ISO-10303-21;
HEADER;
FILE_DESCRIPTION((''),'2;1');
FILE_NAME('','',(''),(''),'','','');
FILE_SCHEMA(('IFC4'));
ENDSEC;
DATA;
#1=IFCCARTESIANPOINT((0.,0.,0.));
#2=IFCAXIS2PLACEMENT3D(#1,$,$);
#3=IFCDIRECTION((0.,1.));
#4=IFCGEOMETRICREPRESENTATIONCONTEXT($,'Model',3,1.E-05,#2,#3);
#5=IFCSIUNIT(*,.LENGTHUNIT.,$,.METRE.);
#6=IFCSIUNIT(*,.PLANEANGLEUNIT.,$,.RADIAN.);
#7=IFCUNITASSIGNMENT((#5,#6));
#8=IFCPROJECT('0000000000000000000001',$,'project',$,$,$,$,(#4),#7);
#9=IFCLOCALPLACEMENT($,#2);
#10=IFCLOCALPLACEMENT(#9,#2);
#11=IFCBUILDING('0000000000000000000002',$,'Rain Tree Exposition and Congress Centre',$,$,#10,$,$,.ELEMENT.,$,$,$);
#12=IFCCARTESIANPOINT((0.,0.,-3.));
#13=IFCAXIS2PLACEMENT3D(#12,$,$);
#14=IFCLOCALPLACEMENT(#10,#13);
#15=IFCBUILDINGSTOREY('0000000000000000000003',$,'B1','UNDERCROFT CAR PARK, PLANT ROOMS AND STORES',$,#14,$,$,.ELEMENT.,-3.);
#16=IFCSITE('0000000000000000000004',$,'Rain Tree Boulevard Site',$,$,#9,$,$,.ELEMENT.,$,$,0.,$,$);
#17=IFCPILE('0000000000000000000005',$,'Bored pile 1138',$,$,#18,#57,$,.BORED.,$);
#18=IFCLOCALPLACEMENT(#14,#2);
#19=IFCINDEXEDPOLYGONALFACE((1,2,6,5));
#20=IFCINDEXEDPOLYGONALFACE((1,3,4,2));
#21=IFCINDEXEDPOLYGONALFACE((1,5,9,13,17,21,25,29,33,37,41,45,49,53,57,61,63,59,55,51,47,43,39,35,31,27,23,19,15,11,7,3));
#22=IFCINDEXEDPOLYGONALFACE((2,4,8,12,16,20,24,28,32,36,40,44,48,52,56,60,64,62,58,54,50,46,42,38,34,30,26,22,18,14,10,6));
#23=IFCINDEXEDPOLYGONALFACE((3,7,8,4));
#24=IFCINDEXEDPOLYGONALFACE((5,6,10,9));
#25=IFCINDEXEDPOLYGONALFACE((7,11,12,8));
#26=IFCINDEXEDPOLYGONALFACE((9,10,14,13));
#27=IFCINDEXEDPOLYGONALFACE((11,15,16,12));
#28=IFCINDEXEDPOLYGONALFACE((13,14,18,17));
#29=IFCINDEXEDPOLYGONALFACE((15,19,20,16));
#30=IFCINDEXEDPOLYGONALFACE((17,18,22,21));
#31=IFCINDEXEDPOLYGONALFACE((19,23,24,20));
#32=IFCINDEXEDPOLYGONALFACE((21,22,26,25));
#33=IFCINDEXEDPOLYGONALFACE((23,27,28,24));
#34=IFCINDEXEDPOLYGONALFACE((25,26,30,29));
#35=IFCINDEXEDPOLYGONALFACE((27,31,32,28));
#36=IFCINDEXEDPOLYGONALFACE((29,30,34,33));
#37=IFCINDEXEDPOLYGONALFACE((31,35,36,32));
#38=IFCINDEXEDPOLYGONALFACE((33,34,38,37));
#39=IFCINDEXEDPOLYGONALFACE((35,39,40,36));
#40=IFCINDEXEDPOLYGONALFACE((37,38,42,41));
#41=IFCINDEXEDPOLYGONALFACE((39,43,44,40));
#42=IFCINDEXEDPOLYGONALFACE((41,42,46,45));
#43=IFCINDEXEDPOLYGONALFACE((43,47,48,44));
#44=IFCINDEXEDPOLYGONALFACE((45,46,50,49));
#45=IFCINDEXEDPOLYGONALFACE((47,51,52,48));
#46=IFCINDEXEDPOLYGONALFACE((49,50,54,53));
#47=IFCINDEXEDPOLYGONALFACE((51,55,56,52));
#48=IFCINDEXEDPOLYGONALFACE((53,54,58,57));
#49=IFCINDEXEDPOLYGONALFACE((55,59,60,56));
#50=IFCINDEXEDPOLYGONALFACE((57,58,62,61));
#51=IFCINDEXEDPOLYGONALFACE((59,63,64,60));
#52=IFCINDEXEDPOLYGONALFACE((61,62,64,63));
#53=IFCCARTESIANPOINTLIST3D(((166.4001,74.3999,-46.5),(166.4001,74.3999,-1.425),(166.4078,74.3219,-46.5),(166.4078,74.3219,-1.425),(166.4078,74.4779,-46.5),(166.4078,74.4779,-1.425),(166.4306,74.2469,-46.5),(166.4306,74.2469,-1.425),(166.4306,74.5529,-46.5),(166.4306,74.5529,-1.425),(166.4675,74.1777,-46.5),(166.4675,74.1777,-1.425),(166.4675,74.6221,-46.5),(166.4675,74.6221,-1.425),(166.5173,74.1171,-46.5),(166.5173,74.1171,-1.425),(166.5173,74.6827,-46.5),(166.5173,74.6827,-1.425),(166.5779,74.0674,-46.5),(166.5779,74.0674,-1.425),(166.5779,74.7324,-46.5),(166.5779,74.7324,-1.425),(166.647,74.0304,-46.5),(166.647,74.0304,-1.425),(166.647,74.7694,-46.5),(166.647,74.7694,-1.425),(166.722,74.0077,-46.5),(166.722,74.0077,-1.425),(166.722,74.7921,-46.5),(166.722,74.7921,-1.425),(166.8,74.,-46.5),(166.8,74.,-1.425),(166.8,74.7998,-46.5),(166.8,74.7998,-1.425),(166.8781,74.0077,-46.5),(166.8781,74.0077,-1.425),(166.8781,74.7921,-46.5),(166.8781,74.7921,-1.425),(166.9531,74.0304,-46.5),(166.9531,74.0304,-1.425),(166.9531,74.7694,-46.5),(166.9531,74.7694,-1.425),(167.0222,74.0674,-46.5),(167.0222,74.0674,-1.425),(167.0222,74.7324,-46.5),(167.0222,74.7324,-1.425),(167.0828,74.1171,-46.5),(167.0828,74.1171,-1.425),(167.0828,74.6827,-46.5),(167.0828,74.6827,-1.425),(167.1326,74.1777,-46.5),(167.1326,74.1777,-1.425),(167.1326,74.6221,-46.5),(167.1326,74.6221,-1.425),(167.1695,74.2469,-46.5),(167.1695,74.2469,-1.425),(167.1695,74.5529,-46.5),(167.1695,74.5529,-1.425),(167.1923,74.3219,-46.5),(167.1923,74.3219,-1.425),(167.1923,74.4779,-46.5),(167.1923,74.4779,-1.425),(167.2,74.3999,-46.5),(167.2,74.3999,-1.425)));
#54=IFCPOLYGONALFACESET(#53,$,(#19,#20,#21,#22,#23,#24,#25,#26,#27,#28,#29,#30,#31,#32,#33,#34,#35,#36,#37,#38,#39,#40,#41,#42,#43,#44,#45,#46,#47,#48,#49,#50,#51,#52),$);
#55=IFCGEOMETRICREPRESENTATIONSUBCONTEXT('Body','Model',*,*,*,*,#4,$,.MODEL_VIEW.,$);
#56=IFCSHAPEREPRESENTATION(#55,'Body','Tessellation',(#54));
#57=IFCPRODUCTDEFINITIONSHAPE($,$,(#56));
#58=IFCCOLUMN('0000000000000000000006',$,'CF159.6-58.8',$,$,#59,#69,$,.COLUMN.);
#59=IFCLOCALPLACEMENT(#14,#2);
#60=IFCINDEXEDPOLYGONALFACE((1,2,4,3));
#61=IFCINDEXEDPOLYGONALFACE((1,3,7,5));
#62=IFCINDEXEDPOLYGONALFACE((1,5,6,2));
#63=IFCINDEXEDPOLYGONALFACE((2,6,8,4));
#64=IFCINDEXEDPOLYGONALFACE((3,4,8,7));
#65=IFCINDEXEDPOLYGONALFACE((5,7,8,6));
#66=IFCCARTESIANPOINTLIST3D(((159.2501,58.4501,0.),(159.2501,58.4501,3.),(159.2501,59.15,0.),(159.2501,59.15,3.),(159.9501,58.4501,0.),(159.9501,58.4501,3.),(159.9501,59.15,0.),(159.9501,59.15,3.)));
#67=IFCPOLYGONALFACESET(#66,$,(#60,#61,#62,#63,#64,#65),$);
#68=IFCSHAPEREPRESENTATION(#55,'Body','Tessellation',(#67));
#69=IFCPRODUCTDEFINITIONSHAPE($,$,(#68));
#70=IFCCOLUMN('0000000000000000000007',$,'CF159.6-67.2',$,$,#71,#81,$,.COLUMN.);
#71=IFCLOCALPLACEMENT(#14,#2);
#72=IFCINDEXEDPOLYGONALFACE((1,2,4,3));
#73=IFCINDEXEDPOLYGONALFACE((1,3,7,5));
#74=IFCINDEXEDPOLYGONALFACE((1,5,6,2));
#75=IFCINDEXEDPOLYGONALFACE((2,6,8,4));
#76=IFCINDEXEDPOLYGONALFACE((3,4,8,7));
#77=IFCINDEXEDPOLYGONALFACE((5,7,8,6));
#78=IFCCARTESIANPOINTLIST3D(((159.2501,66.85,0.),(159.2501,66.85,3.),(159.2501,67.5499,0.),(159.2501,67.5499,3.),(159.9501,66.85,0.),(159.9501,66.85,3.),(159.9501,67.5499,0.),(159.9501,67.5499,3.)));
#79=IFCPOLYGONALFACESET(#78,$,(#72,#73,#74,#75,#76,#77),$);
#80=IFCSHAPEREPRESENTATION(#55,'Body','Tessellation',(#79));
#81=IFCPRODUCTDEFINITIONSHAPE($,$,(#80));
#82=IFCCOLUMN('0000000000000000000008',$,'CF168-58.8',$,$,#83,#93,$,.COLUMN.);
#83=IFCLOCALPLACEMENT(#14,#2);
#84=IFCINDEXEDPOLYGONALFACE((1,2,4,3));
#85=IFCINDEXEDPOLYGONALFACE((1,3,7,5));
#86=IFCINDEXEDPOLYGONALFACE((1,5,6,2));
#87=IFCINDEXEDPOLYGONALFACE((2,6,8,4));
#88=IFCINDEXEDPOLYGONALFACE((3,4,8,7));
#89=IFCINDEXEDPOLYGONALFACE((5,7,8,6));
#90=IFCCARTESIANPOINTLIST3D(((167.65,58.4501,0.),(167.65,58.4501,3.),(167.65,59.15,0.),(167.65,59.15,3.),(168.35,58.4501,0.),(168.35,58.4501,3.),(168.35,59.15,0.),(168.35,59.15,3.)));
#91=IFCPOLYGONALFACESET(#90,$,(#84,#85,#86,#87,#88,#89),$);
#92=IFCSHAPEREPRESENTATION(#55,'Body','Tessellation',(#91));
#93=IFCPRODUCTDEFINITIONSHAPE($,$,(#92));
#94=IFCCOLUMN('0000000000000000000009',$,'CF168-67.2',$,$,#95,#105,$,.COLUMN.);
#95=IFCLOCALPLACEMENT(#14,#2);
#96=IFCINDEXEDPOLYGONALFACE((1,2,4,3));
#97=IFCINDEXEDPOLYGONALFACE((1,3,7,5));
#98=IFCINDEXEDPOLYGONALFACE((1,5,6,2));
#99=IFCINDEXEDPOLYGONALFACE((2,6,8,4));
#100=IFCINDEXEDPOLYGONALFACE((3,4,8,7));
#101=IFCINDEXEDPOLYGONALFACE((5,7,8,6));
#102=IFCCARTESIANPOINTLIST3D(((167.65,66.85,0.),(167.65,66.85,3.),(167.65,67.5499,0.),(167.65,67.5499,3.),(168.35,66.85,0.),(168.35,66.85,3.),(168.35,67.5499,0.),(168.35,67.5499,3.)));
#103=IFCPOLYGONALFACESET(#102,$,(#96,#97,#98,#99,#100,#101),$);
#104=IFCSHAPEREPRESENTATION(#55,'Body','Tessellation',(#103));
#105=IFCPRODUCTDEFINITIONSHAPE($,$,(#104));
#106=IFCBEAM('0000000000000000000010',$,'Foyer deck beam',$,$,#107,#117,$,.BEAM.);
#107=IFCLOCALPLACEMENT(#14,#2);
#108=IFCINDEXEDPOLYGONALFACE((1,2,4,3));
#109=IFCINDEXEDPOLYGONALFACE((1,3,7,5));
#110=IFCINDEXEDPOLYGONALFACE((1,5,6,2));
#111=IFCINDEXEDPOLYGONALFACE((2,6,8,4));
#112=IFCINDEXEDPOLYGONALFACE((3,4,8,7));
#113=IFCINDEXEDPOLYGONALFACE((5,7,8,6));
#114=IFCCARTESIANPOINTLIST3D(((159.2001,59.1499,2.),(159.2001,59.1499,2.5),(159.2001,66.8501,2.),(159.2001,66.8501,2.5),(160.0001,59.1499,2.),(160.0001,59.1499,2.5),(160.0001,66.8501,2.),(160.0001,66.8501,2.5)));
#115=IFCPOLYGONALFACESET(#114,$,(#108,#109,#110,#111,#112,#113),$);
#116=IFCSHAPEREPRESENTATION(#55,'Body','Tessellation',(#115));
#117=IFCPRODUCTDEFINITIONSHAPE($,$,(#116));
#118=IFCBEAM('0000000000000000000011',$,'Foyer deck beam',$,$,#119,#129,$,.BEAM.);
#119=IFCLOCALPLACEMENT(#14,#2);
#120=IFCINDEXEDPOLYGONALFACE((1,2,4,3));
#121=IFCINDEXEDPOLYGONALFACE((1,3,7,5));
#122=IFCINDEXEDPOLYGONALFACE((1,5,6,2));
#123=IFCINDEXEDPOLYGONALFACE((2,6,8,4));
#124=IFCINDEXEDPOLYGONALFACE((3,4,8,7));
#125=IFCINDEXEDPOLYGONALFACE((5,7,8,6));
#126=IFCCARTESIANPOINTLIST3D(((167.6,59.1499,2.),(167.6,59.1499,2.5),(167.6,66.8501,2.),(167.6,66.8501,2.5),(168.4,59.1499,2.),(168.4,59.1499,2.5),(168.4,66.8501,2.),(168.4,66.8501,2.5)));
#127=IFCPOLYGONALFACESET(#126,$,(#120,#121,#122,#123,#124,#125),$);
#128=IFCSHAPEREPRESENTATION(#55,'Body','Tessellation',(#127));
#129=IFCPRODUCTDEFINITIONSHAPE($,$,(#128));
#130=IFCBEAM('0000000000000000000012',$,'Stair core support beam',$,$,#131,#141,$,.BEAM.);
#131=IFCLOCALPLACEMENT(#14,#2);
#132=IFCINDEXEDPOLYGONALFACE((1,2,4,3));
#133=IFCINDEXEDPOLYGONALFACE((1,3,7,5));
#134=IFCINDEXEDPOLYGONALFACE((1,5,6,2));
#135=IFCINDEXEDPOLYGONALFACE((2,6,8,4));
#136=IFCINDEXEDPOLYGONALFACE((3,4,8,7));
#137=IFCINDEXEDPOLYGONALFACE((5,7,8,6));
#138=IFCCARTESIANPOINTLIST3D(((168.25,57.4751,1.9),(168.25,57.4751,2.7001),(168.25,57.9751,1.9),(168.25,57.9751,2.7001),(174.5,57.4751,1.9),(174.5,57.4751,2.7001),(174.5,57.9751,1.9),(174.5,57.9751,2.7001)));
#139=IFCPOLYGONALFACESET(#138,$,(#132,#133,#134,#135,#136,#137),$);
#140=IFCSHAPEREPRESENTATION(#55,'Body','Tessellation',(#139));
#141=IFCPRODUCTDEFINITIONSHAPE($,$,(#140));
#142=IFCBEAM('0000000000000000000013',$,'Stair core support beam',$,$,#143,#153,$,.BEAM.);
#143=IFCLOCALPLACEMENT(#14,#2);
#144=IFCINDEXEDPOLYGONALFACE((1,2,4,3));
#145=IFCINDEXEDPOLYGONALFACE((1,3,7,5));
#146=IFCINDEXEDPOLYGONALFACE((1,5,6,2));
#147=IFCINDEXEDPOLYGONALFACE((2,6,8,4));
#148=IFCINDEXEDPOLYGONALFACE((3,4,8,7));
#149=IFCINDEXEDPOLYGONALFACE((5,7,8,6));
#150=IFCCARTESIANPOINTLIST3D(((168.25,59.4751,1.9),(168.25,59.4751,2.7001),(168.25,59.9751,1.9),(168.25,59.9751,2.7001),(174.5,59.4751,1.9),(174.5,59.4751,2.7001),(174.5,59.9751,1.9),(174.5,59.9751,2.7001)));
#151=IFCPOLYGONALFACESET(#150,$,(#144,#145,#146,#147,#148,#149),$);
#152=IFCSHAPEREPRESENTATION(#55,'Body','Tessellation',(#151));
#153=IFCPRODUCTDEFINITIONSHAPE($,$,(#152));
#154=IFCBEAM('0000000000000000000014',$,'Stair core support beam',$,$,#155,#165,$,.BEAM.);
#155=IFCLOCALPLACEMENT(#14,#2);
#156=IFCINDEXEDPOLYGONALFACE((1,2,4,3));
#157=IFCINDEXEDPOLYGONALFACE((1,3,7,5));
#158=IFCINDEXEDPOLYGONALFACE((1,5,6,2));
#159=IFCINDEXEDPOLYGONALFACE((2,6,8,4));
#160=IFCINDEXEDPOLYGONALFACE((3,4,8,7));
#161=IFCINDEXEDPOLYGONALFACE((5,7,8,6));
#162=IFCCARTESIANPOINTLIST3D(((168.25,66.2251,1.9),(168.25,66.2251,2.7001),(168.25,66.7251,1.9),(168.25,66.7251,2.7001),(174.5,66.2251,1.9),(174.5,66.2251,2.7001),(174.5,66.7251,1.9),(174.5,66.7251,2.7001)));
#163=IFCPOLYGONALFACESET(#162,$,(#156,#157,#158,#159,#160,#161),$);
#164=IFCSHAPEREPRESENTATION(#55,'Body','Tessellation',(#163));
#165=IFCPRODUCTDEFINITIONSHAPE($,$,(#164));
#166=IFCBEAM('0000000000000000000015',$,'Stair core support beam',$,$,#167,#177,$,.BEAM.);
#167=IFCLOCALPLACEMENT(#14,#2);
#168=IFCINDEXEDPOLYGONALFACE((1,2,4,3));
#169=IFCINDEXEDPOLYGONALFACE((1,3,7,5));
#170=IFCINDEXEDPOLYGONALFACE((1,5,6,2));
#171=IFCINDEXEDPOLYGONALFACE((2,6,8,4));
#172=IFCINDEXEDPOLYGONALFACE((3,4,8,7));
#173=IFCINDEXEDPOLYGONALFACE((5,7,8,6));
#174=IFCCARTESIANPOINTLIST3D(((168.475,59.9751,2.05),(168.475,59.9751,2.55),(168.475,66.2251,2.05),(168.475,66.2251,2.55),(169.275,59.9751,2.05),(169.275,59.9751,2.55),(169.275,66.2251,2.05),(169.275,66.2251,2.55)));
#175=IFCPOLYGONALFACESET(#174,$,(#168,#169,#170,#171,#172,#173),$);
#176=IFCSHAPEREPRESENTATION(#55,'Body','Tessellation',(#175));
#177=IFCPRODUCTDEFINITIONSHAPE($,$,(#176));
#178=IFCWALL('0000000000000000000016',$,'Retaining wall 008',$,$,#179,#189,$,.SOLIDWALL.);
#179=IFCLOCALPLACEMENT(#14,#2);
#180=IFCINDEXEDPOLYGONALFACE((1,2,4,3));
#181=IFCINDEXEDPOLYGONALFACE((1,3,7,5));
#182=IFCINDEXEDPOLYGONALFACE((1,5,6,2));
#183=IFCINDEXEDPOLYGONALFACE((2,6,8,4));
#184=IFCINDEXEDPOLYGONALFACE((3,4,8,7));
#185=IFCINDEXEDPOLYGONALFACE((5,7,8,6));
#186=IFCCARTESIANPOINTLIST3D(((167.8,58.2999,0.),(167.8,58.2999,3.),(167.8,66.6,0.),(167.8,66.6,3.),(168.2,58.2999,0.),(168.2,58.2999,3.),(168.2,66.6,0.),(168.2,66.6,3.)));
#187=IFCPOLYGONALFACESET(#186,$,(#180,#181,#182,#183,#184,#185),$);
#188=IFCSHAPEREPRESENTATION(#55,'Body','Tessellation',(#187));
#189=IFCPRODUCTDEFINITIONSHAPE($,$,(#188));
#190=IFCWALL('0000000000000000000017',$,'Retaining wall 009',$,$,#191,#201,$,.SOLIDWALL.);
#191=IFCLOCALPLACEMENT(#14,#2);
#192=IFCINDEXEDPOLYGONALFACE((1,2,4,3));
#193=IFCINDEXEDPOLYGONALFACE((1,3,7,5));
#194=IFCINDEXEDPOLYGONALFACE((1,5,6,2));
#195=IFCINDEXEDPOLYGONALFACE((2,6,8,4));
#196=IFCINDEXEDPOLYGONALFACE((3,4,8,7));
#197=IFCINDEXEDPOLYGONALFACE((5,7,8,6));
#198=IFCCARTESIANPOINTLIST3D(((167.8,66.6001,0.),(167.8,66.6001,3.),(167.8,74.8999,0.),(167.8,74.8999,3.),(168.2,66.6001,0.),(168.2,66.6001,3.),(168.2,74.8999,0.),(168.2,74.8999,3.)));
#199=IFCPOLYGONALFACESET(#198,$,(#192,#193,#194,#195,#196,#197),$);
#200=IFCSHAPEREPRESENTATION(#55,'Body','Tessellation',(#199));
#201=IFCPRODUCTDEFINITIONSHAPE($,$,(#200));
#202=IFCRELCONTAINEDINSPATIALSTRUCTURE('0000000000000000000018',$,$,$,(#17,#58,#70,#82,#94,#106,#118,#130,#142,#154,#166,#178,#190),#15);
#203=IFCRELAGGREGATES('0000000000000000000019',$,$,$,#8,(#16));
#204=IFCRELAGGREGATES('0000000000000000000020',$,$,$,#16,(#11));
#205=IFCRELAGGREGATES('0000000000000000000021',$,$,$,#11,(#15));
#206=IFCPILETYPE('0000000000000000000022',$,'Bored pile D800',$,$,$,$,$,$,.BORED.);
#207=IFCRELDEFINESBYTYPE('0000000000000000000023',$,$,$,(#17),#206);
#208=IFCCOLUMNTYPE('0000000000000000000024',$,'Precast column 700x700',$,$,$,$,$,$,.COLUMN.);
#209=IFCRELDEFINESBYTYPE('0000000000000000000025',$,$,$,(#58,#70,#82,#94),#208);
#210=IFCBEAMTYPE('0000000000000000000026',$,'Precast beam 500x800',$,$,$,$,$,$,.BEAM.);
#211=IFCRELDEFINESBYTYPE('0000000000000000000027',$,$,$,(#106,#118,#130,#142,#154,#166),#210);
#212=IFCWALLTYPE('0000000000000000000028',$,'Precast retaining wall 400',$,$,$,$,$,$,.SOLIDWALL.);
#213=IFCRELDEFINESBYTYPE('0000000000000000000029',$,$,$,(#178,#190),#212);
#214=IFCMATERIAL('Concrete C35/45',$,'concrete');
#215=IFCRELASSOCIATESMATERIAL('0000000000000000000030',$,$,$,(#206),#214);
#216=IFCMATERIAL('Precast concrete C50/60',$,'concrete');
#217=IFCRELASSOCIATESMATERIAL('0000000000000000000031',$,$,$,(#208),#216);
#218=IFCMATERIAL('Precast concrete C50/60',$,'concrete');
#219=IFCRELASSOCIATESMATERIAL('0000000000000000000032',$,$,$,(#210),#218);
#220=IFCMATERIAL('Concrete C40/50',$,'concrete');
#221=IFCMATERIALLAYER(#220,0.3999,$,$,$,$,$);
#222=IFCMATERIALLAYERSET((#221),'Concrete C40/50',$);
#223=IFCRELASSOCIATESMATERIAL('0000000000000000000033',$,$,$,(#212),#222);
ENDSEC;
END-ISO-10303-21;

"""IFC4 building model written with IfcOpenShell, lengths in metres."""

from ifc_helpers import new_model, si_unit, direction, frame, frame_2d, origin, origin_2d, place, context, subcontext, project, spatial, rectangle, circle, extrude, material, layer, layer_set, material_profile, profile_set, type_object, element, save


model = new_model("IFC4")

# Units and contexts
model_context = context("Model", 3, precision=1e-05, world=origin(), true_north=direction((0.0, 1.0)))
body_context = subcontext(model_context, "Body", "Model", "MODEL_VIEW")
ifc_project = project(units=[si_unit("LENGTHUNIT", "METRE"), si_unit("PLANEANGLEUNIT", "RADIAN")], contexts=[model_context])

# Site, building, storey
site_placement = place(None, origin())
site = spatial("IfcSite", under=ifc_project, at=site_placement, Name="Rain Tree Boulevard Site", CompositionType="ELEMENT", RefElevation=0.0)
building_placement = place(site_placement, origin())
building = spatial("IfcBuilding", under=site, at=building_placement, Name="Rain Tree Exposition and Congress Centre", CompositionType="ELEMENT")
storey_placement = place(building_placement, frame((0.0, 0.0, -3.0)))
storey = spatial("IfcBuildingStorey", under=building, at=storey_placement, Name="B1", Description="UNDERCROFT CAR PARK, PLANT ROOMS AND STORES", CompositionType="ELEMENT", Elevation=-3.0)

# Pile
ifc_material_1 = material(Name="Concrete C35/45", Category="concrete")
ifc_material_profile_1 = material_profile(ifc_material_1, circle(Radius=0.3999, at=origin_2d()), Name="D800")
ifc_profile_set_1 = profile_set([ifc_material_profile_1], Name="Concrete C35/45")
pile_type_1 = type_object("IfcPileType", Name="Bored pile D800", PredefinedType="BORED", material=ifc_profile_set_1)
for number, where, z_axis, x_axis, name in (
    (1, (166.8, 74.3999, -1.425), (0.0, 0.0, -1.0), (1.0, 0.0, 0.0), "Bored pile 1138"),
):
    element("IfcPile", number, at=place(storey_placement, frame(where, z_axis=z_axis, x_axis=x_axis)), inside=storey, type_object=pile_type_1, Name=name, PredefinedType="BORED", context=body_context, shape_type="SweptSolid", body=[
        extrude(circle(Radius=0.3999, at=origin_2d()), origin(), (0.0, 0.0, 1.0), 45.075),
    ])

# Columns
ifc_material_2 = material(Name="Precast concrete C50/60", Category="concrete")
ifc_material_profile_2 = material_profile(ifc_material_2, rectangle(XDim=0.7, YDim=0.7, at=origin_2d()), Name="RC 700x700")
ifc_profile_set_2 = profile_set([ifc_material_profile_2], Name="Precast concrete C50/60")
column_type = type_object("IfcColumnType", Name="Precast column 700x700", PredefinedType="COLUMN", material=ifc_profile_set_2)
for number, where, z_axis, x_axis, name in (
    (2, (159.6001, 58.8, 0.0), (0.0, 0.0, 1.0), (1.0, 0.0, 0.0), "CF159.6-58.8"),
    (3, (159.6001, 67.2, 0.0), (0.0, 0.0, 1.0), (1.0, 0.0, 0.0), "CF159.6-67.2"),
    (4, (168.0, 58.8, 0.0), (0.0, 0.0, 1.0), (1.0, 0.0, 0.0), "CF168-58.8"),
    (5, (168.0, 67.2, 0.0), (0.0, 0.0, 1.0), (1.0, 0.0, 0.0), "CF168-67.2"),
):
    element("IfcColumn", number, at=place(storey_placement, frame(where, z_axis=z_axis, x_axis=x_axis)), inside=storey, type_object=column_type, Name=name, PredefinedType="COLUMN", context=body_context, shape_type="SweptSolid", body=[
        extrude(rectangle(XDim=0.7, YDim=0.7, at=origin_2d()), origin(), (0.0, 0.0, 1.0), 3.0),
    ])

# Beams
ifc_material_3 = material(Name="Precast concrete C50/60", Category="concrete")
ifc_material_profile_3 = material_profile(ifc_material_3, rectangle(XDim=0.5, YDim=0.8, at=origin_2d()), Name="RC 500x800")
ifc_profile_set_3 = profile_set([ifc_material_profile_3], Name="Precast concrete C50/60")
beam_type = type_object("IfcBeamType", Name="Precast beam 500x800", PredefinedType="BEAM", material=ifc_profile_set_3)
for number, where, z_axis, x_axis, name in (
    (6, (159.6001, 59.1499, 2.25), (0.0, 1.0, 0.0), (0.0, 0.0, 1.0), "Foyer deck beam"),
    (7, (168.0, 59.1499, 2.25), (0.0, 1.0, 0.0), (0.0, 0.0, 1.0), "Foyer deck beam"),
):
    element("IfcBeam", number, at=place(storey_placement, frame(where, z_axis=z_axis, x_axis=x_axis)), inside=storey, type_object=beam_type, Name=name, PredefinedType="BEAM", context=body_context, shape_type="SweptSolid", body=[
        extrude(rectangle(XDim=0.5, YDim=0.8, at=origin_2d()), origin(), (0.0, 0.0, 1.0), 7.7002),
    ])
for number, where, z_axis, x_axis, name in (
    (8, (168.25, 57.7251, 2.3), (1.0, 0.0, 0.0), (0.0, 1.0, 0.0), "Stair core support beam"),
    (9, (168.25, 59.7251, 2.3), (1.0, 0.0, 0.0), (0.0, 1.0, 0.0), "Stair core support beam"),
    (10, (168.25, 66.4751, 2.3), (1.0, 0.0, 0.0), (0.0, 1.0, 0.0), "Stair core support beam"),
    (11, (168.875, 59.9751, 2.3), (0.0, 1.0, 0.0), (0.0, 0.0, 1.0), "Stair core support beam"),
):
    element("IfcBeam", number, at=place(storey_placement, frame(where, z_axis=z_axis, x_axis=x_axis)), inside=storey, type_object=beam_type, Name=name, PredefinedType="BEAM", context=body_context, shape_type="SweptSolid", body=[
        extrude(rectangle(XDim=0.5, YDim=0.8, at=origin_2d()), origin(), (0.0, 0.0, 1.0), 6.25),
    ])

# Walls
ifc_material_4 = material(Name="Concrete C40/50", Category="concrete")
ifc_layer = layer(ifc_material_4, 0.3999)
ifc_layer_set = layer_set([ifc_layer], Name="Concrete C40/50")
wall_type = type_object("IfcWallType", Name="Precast retaining wall 400", PredefinedType="SOLIDWALL", material=ifc_layer_set)
wall_1_placement = place(storey_placement, frame((168.0, 58.3, 0.0), z_axis=(0.0, 0.0, 1.0), x_axis=(0.0, 1.0, 0.0)))
element("IfcWall", 12, at=wall_1_placement, inside=storey, type_object=wall_type, Name="Retaining wall 008", PredefinedType="SOLIDWALL", context=body_context, shape_type="SweptSolid", body=[
    extrude(rectangle(XDim=8.3, YDim=0.3999, at=frame_2d((4.1499, 0.0))), origin(), (0.0, 0.0, 1.0), 3.0),
])
wall_2_placement = place(storey_placement, frame((168.0, 66.6001, 0.0), z_axis=(0.0, 0.0, 1.0), x_axis=(0.0, 1.0, 0.0)))
element("IfcWall", 13, at=wall_2_placement, inside=storey, type_object=wall_type, Name="Retaining wall 009", PredefinedType="SOLIDWALL", context=body_context, shape_type="SweptSolid", body=[
    extrude(rectangle(XDim=8.2998, YDim=0.3999, at=frame_2d((4.1499, 0.0))), origin(), (0.0, 0.0, 1.0), 3.0),
])

save(model, "model.ifc")
